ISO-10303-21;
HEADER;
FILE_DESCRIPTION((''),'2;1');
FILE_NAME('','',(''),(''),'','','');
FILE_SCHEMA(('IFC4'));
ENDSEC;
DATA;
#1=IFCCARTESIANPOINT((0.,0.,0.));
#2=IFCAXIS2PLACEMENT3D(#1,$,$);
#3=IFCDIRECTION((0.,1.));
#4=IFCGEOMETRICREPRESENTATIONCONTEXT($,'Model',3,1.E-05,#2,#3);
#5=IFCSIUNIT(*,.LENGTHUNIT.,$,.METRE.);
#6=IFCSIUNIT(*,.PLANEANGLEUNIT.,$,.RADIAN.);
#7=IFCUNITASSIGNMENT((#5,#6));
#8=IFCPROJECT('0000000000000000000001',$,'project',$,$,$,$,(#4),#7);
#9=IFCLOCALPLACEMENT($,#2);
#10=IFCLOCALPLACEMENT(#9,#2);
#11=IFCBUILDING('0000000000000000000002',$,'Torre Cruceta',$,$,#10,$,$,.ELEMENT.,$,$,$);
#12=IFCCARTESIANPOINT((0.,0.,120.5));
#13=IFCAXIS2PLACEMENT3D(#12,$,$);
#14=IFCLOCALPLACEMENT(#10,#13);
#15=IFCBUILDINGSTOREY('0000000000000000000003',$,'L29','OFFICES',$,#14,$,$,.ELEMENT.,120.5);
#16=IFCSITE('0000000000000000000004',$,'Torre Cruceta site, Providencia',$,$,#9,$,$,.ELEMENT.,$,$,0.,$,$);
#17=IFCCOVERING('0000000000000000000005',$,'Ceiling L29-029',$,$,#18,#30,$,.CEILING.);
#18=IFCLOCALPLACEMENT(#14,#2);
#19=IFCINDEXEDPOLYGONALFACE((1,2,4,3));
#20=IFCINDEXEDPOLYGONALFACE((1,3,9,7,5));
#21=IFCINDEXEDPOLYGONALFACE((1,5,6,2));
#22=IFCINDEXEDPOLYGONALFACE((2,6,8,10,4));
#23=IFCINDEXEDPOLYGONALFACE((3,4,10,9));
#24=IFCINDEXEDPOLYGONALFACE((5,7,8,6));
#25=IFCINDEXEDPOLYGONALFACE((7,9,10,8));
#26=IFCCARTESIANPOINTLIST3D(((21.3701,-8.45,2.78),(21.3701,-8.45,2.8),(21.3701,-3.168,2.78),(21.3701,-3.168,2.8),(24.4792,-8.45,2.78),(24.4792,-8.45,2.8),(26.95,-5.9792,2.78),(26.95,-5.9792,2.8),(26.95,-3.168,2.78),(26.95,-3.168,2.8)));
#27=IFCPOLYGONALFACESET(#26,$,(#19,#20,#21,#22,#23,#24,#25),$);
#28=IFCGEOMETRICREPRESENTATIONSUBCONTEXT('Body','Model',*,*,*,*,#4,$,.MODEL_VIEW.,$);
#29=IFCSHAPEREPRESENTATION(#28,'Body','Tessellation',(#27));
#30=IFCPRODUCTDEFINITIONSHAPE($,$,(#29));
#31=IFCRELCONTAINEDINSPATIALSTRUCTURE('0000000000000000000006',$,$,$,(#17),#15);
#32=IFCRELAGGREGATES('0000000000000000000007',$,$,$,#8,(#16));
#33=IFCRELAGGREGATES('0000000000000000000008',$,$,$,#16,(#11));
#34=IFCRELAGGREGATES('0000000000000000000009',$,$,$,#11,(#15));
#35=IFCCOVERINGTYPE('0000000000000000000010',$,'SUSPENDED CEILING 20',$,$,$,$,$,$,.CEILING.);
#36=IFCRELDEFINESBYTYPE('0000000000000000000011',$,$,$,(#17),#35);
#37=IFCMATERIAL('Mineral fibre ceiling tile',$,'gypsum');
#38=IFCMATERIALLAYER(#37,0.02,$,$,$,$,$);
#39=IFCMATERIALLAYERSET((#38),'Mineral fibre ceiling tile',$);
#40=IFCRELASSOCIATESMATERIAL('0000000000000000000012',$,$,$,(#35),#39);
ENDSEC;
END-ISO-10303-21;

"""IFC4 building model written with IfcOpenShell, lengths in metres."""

from ifc_helpers import new_model, si_unit, direction, frame, origin, place, context, subcontext, project, spatial, polyline, outline, extrude, material, layer, layer_set, type_object, element, save


model = new_model("IFC4")

# Units and contexts
model_context = context("Model", 3, precision=1e-05, world=origin(), true_north=direction((0.0, 1.0)))
body_context = subcontext(model_context, "Body", "Model", "MODEL_VIEW")
ifc_project = project(units=[si_unit("LENGTHUNIT", "METRE"), si_unit("PLANEANGLEUNIT", "RADIAN")], contexts=[model_context])

# Site, building, storey
site_placement = place(None, origin())
site = spatial("IfcSite", under=ifc_project, at=site_placement, Name="Torre Cruceta site, Providencia", CompositionType="ELEMENT", RefElevation=0.0)
building_placement = place(site_placement, origin())
building = spatial("IfcBuilding", under=site, at=building_placement, Name="Torre Cruceta", CompositionType="ELEMENT")
storey_placement = place(building_placement, frame((0.0, 0.0, 120.5)))
storey = spatial("IfcBuildingStorey", under=building, at=storey_placement, Name="L29", Description="OFFICES", CompositionType="ELEMENT", Elevation=120.5)

# Covering
ifc_material_1 = material(Name="Mineral fibre ceiling tile", Category="gypsum")
ifc_layer_1 = layer(ifc_material_1, 0.02)
ifc_layer_set_1 = layer_set([ifc_layer_1], Name="Mineral fibre ceiling tile")
covering_type_1 = type_object("IfcCoveringType", Name="SUSPENDED CEILING 20", PredefinedType="CEILING", material=ifc_layer_set_1)
covering_1_placement = place(storey_placement, frame((0.0, 0.0, 2.78)))
element("IfcCovering", 1, at=covering_1_placement, inside=storey, type_object=covering_type_1, Name="Ceiling L29-029", PredefinedType="CEILING", context=body_context, shape_type="SweptSolid", body=[
    extrude(outline(polyline([(24.4792, -8.45), (21.3701, -8.45), (21.3701, -3.168), (26.95, -3.168), (26.95, -5.9792), (24.4792, -8.45)])), origin(), (0.0, 0.0, 1.0), 0.02),
])

save(model, "model.ifc")
